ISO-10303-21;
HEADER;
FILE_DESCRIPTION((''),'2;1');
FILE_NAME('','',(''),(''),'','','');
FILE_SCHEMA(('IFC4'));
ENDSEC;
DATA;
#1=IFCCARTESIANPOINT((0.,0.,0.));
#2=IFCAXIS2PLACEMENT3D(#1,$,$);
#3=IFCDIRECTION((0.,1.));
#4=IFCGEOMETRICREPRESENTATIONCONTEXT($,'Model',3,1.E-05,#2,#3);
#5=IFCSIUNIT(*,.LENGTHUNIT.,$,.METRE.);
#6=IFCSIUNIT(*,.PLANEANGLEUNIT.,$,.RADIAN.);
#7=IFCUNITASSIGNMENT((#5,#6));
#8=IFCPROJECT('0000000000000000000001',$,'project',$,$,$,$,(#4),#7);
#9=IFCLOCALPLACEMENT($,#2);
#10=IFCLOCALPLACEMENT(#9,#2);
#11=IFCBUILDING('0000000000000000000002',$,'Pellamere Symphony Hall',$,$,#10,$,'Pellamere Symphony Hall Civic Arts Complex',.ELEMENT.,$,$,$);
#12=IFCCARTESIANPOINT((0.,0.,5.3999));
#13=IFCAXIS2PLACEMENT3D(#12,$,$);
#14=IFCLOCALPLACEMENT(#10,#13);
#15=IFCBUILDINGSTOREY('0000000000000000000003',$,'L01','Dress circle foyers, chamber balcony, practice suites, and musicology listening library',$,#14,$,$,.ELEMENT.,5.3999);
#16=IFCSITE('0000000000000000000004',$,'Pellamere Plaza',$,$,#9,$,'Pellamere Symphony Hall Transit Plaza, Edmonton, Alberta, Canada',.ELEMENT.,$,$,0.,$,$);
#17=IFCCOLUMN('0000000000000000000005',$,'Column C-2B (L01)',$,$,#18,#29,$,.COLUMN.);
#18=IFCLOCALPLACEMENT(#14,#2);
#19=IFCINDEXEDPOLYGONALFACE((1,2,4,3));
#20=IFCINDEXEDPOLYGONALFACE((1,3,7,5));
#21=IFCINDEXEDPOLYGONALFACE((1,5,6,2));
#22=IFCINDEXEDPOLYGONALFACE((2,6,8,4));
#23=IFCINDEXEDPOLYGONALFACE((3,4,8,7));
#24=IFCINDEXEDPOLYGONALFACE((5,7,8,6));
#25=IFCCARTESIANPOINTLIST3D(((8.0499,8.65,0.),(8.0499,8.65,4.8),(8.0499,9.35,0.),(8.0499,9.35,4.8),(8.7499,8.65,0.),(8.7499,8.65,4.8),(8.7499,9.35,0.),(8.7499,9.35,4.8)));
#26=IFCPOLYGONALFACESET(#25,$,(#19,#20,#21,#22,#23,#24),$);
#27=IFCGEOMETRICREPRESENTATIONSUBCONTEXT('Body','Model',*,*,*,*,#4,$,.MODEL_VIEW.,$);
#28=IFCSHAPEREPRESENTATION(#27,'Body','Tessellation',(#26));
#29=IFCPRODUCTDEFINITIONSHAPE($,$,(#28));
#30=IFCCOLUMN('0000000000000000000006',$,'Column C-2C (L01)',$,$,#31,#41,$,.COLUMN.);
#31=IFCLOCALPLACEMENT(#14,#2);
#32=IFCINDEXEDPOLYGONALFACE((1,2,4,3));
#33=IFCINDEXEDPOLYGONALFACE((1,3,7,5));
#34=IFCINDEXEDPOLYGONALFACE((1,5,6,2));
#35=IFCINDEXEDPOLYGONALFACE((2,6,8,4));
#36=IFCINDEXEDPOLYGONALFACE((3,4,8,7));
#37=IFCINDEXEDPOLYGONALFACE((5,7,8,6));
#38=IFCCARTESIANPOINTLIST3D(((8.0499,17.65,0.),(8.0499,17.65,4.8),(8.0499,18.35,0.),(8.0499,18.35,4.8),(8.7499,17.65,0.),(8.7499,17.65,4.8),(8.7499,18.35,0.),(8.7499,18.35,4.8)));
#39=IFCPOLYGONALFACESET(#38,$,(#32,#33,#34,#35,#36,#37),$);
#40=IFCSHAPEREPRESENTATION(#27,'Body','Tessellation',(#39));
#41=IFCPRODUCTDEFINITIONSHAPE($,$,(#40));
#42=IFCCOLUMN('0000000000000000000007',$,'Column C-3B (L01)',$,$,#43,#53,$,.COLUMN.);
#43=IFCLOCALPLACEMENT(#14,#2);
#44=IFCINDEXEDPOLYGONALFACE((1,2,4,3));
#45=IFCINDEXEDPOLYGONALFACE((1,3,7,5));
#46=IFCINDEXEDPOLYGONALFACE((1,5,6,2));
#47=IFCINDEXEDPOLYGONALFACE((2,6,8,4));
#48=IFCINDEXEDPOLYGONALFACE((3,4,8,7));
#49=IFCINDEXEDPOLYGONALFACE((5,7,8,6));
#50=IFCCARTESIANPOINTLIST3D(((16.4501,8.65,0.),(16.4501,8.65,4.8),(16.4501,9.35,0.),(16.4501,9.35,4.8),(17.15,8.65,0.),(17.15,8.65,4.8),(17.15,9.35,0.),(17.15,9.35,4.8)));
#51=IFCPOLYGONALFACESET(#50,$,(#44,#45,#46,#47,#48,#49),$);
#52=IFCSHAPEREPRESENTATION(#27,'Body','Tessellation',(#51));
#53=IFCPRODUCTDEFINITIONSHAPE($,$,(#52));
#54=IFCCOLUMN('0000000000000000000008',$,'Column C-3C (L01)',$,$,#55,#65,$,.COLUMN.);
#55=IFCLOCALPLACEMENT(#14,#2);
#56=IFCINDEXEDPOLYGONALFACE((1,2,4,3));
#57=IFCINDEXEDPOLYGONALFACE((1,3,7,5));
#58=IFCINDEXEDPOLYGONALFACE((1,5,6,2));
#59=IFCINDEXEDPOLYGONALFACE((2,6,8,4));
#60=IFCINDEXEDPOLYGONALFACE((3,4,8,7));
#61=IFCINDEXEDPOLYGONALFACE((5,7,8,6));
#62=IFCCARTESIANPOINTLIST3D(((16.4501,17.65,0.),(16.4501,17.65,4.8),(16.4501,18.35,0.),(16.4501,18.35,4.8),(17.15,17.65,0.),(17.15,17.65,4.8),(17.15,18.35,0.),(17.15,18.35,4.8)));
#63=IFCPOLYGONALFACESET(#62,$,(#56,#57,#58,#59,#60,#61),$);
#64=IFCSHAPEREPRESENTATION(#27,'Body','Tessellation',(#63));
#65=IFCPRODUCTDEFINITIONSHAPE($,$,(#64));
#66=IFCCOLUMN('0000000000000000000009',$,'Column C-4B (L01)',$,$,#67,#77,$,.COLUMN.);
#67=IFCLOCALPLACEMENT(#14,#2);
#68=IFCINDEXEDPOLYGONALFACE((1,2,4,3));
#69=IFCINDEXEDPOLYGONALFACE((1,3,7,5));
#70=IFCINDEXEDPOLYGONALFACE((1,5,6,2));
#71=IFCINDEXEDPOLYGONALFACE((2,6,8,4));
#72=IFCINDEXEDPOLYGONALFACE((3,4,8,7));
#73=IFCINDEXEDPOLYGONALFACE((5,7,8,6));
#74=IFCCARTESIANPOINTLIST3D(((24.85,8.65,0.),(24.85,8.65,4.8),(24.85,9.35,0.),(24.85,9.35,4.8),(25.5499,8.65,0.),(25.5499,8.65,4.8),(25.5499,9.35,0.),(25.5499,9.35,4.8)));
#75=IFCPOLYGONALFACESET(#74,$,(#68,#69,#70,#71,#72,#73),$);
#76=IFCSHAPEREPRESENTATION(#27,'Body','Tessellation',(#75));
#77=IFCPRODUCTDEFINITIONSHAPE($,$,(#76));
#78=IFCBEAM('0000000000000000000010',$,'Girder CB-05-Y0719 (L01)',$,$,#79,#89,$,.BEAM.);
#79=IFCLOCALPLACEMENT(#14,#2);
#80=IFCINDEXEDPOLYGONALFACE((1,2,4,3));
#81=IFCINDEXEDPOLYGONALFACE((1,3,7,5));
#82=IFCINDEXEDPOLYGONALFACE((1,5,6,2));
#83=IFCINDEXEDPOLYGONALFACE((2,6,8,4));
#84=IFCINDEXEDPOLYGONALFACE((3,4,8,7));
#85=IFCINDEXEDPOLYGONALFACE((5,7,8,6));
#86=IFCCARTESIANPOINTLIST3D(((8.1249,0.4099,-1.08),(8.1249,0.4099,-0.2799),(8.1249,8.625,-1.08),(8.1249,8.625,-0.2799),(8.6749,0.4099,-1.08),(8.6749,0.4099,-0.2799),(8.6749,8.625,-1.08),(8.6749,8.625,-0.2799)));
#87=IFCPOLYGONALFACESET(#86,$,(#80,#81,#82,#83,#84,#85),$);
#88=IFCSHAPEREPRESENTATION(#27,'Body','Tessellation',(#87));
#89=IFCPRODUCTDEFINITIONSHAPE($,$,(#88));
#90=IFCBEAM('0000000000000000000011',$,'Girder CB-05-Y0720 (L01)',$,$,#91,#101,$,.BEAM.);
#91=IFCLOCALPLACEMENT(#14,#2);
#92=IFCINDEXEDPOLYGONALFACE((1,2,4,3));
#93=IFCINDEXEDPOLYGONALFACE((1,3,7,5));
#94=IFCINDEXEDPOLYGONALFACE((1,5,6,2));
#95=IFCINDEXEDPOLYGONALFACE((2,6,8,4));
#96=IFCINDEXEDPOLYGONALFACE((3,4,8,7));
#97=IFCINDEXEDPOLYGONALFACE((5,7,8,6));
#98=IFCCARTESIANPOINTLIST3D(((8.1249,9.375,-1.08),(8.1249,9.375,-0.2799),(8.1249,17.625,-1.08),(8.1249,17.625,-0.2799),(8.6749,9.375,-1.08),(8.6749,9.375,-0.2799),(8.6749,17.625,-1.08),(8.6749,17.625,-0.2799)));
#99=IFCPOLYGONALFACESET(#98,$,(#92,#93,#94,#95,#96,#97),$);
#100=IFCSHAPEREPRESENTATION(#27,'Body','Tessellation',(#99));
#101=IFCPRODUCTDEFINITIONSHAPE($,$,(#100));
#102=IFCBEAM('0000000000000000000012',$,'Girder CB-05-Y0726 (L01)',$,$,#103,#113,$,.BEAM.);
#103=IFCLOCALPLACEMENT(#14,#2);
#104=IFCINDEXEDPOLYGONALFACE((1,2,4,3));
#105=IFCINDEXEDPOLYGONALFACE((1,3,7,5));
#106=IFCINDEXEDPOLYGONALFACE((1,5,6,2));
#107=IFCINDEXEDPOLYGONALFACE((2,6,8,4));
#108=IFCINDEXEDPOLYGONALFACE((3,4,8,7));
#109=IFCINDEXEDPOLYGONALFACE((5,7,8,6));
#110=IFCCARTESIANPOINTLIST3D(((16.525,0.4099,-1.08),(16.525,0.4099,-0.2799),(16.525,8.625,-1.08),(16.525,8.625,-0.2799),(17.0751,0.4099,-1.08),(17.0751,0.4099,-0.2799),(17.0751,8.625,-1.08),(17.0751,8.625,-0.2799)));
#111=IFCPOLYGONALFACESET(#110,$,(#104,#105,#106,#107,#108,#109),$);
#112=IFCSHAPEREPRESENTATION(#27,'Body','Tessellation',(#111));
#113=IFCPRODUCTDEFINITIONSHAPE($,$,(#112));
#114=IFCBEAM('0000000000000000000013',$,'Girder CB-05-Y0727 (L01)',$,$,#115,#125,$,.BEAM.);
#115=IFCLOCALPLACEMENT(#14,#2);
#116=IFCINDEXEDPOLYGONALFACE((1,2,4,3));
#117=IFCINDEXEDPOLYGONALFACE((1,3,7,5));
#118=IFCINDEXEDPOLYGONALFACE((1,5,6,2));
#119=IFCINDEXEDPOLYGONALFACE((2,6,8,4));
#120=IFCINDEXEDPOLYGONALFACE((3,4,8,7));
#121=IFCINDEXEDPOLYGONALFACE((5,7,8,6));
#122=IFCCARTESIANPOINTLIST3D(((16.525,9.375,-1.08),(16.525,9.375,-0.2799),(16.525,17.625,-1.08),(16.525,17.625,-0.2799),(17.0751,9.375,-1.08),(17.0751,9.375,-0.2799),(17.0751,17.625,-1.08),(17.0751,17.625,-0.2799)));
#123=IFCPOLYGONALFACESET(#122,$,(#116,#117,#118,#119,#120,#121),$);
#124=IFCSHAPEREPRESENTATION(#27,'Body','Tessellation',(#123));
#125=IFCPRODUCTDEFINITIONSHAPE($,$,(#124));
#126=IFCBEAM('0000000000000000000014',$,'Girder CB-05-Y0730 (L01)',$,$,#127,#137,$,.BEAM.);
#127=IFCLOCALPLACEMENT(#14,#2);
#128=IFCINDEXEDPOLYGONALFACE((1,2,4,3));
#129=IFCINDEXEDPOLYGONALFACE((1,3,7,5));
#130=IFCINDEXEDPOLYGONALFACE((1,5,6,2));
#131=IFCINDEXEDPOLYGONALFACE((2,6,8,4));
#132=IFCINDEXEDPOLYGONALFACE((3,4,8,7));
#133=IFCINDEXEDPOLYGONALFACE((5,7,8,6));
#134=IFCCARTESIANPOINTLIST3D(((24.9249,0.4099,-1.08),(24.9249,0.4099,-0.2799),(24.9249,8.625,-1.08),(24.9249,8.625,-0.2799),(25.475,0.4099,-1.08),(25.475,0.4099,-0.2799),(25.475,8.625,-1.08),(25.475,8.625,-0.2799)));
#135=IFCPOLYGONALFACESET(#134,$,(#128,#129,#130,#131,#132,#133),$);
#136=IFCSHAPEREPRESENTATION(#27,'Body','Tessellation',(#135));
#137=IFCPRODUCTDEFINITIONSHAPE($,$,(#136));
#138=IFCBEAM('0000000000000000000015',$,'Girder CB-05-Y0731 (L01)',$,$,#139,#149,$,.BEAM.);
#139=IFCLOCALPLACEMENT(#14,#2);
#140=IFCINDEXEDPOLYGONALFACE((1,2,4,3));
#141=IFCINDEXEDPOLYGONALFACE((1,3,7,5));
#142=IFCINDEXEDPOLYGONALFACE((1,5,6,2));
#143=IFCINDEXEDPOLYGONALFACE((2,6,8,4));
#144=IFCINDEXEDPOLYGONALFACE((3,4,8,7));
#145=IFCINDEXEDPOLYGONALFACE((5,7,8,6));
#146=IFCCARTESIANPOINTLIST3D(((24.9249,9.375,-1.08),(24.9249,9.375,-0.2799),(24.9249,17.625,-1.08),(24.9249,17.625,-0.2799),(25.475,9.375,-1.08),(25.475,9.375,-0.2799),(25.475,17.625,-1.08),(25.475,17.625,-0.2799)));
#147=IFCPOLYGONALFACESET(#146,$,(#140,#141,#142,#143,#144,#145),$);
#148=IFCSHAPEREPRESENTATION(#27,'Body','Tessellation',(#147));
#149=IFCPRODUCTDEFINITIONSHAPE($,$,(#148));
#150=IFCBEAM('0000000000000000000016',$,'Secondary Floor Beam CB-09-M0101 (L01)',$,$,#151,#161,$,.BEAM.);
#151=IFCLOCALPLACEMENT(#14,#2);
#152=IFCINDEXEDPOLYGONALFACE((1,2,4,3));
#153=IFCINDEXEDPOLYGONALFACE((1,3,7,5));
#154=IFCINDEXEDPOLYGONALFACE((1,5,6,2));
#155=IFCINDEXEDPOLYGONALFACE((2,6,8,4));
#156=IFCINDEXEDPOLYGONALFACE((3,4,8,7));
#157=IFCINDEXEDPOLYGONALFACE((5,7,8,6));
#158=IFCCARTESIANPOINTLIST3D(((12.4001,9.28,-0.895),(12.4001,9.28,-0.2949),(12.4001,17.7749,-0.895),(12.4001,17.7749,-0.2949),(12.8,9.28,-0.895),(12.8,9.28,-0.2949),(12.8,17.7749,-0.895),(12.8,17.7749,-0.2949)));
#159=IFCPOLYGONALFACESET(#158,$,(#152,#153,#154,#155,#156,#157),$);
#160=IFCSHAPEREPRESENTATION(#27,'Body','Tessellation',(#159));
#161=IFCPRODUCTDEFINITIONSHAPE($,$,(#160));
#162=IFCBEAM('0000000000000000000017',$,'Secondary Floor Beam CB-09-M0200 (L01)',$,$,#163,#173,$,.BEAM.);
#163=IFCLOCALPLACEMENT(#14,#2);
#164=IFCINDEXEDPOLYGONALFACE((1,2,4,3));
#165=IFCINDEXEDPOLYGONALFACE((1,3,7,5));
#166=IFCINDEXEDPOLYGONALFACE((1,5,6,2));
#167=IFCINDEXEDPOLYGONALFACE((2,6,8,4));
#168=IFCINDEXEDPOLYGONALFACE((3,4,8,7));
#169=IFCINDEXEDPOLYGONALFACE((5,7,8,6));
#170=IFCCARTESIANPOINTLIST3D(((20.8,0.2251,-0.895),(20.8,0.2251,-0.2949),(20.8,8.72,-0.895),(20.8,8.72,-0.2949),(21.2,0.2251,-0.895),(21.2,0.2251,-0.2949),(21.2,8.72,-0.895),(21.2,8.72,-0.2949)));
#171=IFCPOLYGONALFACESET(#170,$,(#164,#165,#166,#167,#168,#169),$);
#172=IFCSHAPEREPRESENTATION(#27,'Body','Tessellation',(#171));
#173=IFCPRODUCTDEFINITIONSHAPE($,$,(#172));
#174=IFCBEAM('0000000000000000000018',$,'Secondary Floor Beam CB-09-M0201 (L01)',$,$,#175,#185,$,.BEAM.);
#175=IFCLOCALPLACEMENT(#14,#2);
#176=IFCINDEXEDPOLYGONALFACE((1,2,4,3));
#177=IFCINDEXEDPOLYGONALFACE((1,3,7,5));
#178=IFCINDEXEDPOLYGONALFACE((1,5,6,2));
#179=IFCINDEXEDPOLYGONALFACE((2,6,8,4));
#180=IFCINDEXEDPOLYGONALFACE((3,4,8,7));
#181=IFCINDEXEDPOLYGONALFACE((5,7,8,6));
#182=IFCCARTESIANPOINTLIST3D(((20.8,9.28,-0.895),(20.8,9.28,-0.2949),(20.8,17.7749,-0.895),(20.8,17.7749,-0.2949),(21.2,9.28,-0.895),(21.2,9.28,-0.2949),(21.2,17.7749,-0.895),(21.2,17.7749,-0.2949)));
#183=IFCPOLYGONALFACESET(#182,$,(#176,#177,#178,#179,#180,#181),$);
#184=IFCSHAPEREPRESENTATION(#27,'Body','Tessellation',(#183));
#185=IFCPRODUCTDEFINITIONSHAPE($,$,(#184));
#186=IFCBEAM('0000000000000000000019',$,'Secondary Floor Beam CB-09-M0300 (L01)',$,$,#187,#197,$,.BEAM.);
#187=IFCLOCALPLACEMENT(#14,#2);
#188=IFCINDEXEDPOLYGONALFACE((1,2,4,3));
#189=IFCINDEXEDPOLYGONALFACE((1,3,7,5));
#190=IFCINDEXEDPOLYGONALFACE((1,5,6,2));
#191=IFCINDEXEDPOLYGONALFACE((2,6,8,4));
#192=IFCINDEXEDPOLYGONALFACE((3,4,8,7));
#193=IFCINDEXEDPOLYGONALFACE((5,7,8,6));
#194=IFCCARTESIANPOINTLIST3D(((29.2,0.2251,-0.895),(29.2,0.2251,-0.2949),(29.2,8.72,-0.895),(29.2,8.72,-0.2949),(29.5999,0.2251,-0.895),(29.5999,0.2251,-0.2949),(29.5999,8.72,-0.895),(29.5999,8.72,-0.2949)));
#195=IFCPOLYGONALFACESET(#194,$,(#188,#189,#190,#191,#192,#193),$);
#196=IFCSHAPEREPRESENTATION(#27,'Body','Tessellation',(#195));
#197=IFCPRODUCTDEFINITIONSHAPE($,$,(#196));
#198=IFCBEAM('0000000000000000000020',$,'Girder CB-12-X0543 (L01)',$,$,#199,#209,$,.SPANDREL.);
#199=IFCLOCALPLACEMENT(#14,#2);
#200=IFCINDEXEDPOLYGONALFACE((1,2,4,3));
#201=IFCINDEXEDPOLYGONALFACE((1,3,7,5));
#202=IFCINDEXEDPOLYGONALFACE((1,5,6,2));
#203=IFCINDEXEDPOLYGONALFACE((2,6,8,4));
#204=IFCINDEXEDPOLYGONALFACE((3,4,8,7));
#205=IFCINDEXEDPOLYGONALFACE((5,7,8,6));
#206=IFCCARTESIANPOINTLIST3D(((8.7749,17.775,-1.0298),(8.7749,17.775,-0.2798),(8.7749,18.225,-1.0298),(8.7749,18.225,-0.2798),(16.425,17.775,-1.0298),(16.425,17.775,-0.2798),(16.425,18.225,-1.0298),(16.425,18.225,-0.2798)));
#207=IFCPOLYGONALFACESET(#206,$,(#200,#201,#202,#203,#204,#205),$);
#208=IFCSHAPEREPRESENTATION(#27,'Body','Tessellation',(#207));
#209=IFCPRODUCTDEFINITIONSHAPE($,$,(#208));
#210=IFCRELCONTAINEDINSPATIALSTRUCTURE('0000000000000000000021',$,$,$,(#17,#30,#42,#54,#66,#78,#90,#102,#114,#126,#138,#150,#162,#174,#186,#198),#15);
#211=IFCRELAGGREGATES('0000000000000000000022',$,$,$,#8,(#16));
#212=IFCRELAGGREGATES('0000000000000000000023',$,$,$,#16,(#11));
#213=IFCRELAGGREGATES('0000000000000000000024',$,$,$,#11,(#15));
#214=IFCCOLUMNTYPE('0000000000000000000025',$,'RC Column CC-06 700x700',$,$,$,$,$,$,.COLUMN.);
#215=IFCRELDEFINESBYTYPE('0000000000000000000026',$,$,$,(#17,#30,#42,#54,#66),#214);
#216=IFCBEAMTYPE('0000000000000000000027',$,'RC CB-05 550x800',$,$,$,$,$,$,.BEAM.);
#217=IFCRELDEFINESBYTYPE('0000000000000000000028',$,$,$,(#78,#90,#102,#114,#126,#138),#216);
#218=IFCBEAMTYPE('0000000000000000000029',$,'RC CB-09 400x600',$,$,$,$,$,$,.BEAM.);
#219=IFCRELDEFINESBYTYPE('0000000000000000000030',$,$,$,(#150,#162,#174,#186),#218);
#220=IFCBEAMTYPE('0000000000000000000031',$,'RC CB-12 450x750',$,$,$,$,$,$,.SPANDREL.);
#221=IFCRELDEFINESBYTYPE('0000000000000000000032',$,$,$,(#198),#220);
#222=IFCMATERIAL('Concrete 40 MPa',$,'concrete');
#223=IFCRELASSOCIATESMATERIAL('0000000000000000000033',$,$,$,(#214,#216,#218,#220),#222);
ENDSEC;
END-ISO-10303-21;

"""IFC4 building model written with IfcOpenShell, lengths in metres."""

from ifc_helpers import new_model, si_unit, direction, frame, origin, origin_2d, place, context, subcontext, project, spatial, rectangle, extrude, material, material_profile, profile_set, type_object, element, save


model = new_model("IFC4")

# Units and contexts
model_context = context("Model", 3, precision=1e-05, world=origin(), true_north=direction((0.0, 1.0)))
body_context = subcontext(model_context, "Body", "Model", "MODEL_VIEW")
ifc_project = project(units=[si_unit("LENGTHUNIT", "METRE"), si_unit("PLANEANGLEUNIT", "RADIAN")], contexts=[model_context])

# Site, building, storey
site_placement = place(None, origin())
site = spatial("IfcSite", under=ifc_project, at=site_placement, Name="Pellamere Plaza", LongName="Pellamere Symphony Hall Transit Plaza, Edmonton, Alberta, Canada", CompositionType="ELEMENT", RefElevation=0.0)
building_placement = place(site_placement, origin())
building = spatial("IfcBuilding", under=site, at=building_placement, Name="Pellamere Symphony Hall", LongName="Pellamere Symphony Hall Civic Arts Complex", CompositionType="ELEMENT")
storey_placement = place(building_placement, frame((0.0, 0.0, 5.3999)))
storey = spatial("IfcBuildingStorey", under=building, at=storey_placement, Name="L01", Description="Dress circle foyers, chamber balcony, practice suites, and musicology listening library", CompositionType="ELEMENT", Elevation=5.3999)

# Columns
ifc_material_1 = material(Name="Concrete 40 MPa", Category="concrete")
ifc_material_profile_1 = material_profile(ifc_material_1, rectangle(XDim=0.7, YDim=0.7, at=origin_2d()), Name="RC 700x700")
ifc_profile_set_1 = profile_set([ifc_material_profile_1], Name="Concrete 40 MPa")
column_type = type_object("IfcColumnType", Name="RC Column CC-06 700x700", PredefinedType="COLUMN", material=ifc_profile_set_1)
for number, where, z_axis, x_axis, name in (
    (1, (8.3999, 9.0, 0.0), (0.0, 0.0, 1.0), (1.0, 0.0, 0.0), "Column C-2B (L01)"),
    (2, (8.3999, 18.0, 0.0), (0.0, 0.0, 1.0), (1.0, 0.0, 0.0), "Column C-2C (L01)"),
    (3, (16.8, 9.0, 0.0), (0.0, 0.0, 1.0), (1.0, 0.0, 0.0), "Column C-3B (L01)"),
    (4, (16.8, 18.0, 0.0), (0.0, 0.0, 1.0), (1.0, 0.0, 0.0), "Column C-3C (L01)"),
    (5, (25.2, 9.0, 0.0), (0.0, 0.0, 1.0), (1.0, 0.0, 0.0), "Column C-4B (L01)"),
):
    element("IfcColumn", number, at=place(storey_placement, frame(where, z_axis=z_axis, x_axis=x_axis)), inside=storey, type_object=column_type, Name=name, PredefinedType="COLUMN", context=body_context, shape_type="SweptSolid", body=[
        extrude(rectangle(XDim=0.7, YDim=0.7, at=origin_2d()), origin(), (0.0, 0.0, 1.0), 4.8),
    ])

# Beams
ifc_material_profile_2 = material_profile(ifc_material_1, rectangle(XDim=0.55, YDim=0.8, at=origin_2d()), Name="RC 550x800")
ifc_profile_set_2 = profile_set([ifc_material_profile_2], Name="Concrete 40 MPa")
beam_type_1 = type_object("IfcBeamType", Name="RC CB-05 550x800", PredefinedType="BEAM", material=ifc_profile_set_2)
beam_1_placement = place(storey_placement, frame((8.3999, 0.4099, -0.6799), z_axis=(0.0, 1.0, 0.0), x_axis=(-1.0, 0.0, 0.0)))
element("IfcBeam", 6, at=beam_1_placement, inside=storey, type_object=beam_type_1, Name="Girder CB-05-Y0719 (L01)", PredefinedType="BEAM", context=body_context, shape_type="SweptSolid", body=[
    extrude(rectangle(XDim=0.55, YDim=0.8, at=origin_2d()), origin(), (0.0, 0.0, 1.0), 8.2151),
])
beam_2_placement = place(storey_placement, frame((8.3999, 9.375, -0.6799), z_axis=(0.0, 1.0, 0.0), x_axis=(-1.0, 0.0, 0.0)))
element("IfcBeam", 7, at=beam_2_placement, inside=storey, type_object=beam_type_1, Name="Girder CB-05-Y0720 (L01)", PredefinedType="BEAM", context=body_context, shape_type="SweptSolid", body=[
    extrude(rectangle(XDim=0.55, YDim=0.8, at=origin_2d()), origin(), (0.0, 0.0, 1.0), 8.25),
])
beam_3_placement = place(storey_placement, frame((16.8, 0.4099, -0.6799), z_axis=(0.0, 1.0, 0.0), x_axis=(-1.0, 0.0, 0.0)))
element("IfcBeam", 8, at=beam_3_placement, inside=storey, type_object=beam_type_1, Name="Girder CB-05-Y0726 (L01)", PredefinedType="BEAM", context=body_context, shape_type="SweptSolid", body=[
    extrude(rectangle(XDim=0.55, YDim=0.8, at=origin_2d()), origin(), (0.0, 0.0, 1.0), 8.2151),
])
beam_4_placement = place(storey_placement, frame((16.8, 9.375, -0.6799), z_axis=(0.0, 1.0, 0.0), x_axis=(-1.0, 0.0, 0.0)))
element("IfcBeam", 9, at=beam_4_placement, inside=storey, type_object=beam_type_1, Name="Girder CB-05-Y0727 (L01)", PredefinedType="BEAM", context=body_context, shape_type="SweptSolid", body=[
    extrude(rectangle(XDim=0.55, YDim=0.8, at=origin_2d()), origin(), (0.0, 0.0, 1.0), 8.25),
])
beam_5_placement = place(storey_placement, frame((25.2, 0.4099, -0.6799), z_axis=(0.0, 1.0, 0.0), x_axis=(-1.0, 0.0, 0.0)))
element("IfcBeam", 10, at=beam_5_placement, inside=storey, type_object=beam_type_1, Name="Girder CB-05-Y0730 (L01)", PredefinedType="BEAM", context=body_context, shape_type="SweptSolid", body=[
    extrude(rectangle(XDim=0.55, YDim=0.8, at=origin_2d()), origin(), (0.0, 0.0, 1.0), 8.2151),
])
beam_6_placement = place(storey_placement, frame((25.2, 9.375, -0.6799), z_axis=(0.0, 1.0, 0.0), x_axis=(-1.0, 0.0, 0.0)))
element("IfcBeam", 11, at=beam_6_placement, inside=storey, type_object=beam_type_1, Name="Girder CB-05-Y0731 (L01)", PredefinedType="BEAM", context=body_context, shape_type="SweptSolid", body=[
    extrude(rectangle(XDim=0.55, YDim=0.8, at=origin_2d()), origin(), (0.0, 0.0, 1.0), 8.25),
])
ifc_material_profile_3 = material_profile(ifc_material_1, rectangle(XDim=0.3999, YDim=0.6001, at=origin_2d()), Name="RC 400x600")
ifc_profile_set_3 = profile_set([ifc_material_profile_3], Name="Concrete 40 MPa")
beam_type_2 = type_object("IfcBeamType", Name="RC CB-09 400x600", PredefinedType="BEAM", material=ifc_profile_set_3)
for number, where, z_axis, x_axis, name in (
    (12, (12.6001, 9.28, -0.595), (0.0, 1.0, 0.0), (-1.0, 0.0, 0.0), "Secondary Floor Beam CB-09-M0101 (L01)"),
    (13, (21.0, 0.2251, -0.595), (0.0, 1.0, 0.0), (-1.0, 0.0, 0.0), "Secondary Floor Beam CB-09-M0200 (L01)"),
    (14, (21.0, 9.28, -0.595), (0.0, 1.0, 0.0), (-1.0, 0.0, 0.0), "Secondary Floor Beam CB-09-M0201 (L01)"),
    (15, (29.3999, 0.2251, -0.595), (0.0, 1.0, 0.0), (-1.0, 0.0, 0.0), "Secondary Floor Beam CB-09-M0300 (L01)"),
):
    element("IfcBeam", number, at=place(storey_placement, frame(where, z_axis=z_axis, x_axis=x_axis)), inside=storey, type_object=beam_type_2, Name=name, PredefinedType="BEAM", context=body_context, shape_type="SweptSolid", body=[
        extrude(rectangle(XDim=0.3999, YDim=0.6001, at=origin_2d()), origin(), (0.0, 0.0, 1.0), 8.4949),
    ])
ifc_material_profile_4 = material_profile(ifc_material_1, rectangle(XDim=0.45, YDim=0.75, at=origin_2d()), Name="RC 450x750")
ifc_profile_set_4 = profile_set([ifc_material_profile_4], Name="Concrete 40 MPa")
beam_type_3 = type_object("IfcBeamType", Name="RC CB-12 450x750", PredefinedType="SPANDREL", material=ifc_profile_set_4)
beam_7_placement = place(storey_placement, frame((8.7749, 18.0, -0.6548), z_axis=(1.0, 0.0, 0.0), x_axis=(0.0, 1.0, 0.0)))
element("IfcBeam", 16, at=beam_7_placement, inside=storey, type_object=beam_type_3, Name="Girder CB-12-X0543 (L01)", PredefinedType="SPANDREL", context=body_context, shape_type="SweptSolid", body=[
    extrude(rectangle(XDim=0.45, YDim=0.75, at=origin_2d()), origin(), (0.0, 0.0, 1.0), 7.6501),
])

save(model, "model.ifc")
